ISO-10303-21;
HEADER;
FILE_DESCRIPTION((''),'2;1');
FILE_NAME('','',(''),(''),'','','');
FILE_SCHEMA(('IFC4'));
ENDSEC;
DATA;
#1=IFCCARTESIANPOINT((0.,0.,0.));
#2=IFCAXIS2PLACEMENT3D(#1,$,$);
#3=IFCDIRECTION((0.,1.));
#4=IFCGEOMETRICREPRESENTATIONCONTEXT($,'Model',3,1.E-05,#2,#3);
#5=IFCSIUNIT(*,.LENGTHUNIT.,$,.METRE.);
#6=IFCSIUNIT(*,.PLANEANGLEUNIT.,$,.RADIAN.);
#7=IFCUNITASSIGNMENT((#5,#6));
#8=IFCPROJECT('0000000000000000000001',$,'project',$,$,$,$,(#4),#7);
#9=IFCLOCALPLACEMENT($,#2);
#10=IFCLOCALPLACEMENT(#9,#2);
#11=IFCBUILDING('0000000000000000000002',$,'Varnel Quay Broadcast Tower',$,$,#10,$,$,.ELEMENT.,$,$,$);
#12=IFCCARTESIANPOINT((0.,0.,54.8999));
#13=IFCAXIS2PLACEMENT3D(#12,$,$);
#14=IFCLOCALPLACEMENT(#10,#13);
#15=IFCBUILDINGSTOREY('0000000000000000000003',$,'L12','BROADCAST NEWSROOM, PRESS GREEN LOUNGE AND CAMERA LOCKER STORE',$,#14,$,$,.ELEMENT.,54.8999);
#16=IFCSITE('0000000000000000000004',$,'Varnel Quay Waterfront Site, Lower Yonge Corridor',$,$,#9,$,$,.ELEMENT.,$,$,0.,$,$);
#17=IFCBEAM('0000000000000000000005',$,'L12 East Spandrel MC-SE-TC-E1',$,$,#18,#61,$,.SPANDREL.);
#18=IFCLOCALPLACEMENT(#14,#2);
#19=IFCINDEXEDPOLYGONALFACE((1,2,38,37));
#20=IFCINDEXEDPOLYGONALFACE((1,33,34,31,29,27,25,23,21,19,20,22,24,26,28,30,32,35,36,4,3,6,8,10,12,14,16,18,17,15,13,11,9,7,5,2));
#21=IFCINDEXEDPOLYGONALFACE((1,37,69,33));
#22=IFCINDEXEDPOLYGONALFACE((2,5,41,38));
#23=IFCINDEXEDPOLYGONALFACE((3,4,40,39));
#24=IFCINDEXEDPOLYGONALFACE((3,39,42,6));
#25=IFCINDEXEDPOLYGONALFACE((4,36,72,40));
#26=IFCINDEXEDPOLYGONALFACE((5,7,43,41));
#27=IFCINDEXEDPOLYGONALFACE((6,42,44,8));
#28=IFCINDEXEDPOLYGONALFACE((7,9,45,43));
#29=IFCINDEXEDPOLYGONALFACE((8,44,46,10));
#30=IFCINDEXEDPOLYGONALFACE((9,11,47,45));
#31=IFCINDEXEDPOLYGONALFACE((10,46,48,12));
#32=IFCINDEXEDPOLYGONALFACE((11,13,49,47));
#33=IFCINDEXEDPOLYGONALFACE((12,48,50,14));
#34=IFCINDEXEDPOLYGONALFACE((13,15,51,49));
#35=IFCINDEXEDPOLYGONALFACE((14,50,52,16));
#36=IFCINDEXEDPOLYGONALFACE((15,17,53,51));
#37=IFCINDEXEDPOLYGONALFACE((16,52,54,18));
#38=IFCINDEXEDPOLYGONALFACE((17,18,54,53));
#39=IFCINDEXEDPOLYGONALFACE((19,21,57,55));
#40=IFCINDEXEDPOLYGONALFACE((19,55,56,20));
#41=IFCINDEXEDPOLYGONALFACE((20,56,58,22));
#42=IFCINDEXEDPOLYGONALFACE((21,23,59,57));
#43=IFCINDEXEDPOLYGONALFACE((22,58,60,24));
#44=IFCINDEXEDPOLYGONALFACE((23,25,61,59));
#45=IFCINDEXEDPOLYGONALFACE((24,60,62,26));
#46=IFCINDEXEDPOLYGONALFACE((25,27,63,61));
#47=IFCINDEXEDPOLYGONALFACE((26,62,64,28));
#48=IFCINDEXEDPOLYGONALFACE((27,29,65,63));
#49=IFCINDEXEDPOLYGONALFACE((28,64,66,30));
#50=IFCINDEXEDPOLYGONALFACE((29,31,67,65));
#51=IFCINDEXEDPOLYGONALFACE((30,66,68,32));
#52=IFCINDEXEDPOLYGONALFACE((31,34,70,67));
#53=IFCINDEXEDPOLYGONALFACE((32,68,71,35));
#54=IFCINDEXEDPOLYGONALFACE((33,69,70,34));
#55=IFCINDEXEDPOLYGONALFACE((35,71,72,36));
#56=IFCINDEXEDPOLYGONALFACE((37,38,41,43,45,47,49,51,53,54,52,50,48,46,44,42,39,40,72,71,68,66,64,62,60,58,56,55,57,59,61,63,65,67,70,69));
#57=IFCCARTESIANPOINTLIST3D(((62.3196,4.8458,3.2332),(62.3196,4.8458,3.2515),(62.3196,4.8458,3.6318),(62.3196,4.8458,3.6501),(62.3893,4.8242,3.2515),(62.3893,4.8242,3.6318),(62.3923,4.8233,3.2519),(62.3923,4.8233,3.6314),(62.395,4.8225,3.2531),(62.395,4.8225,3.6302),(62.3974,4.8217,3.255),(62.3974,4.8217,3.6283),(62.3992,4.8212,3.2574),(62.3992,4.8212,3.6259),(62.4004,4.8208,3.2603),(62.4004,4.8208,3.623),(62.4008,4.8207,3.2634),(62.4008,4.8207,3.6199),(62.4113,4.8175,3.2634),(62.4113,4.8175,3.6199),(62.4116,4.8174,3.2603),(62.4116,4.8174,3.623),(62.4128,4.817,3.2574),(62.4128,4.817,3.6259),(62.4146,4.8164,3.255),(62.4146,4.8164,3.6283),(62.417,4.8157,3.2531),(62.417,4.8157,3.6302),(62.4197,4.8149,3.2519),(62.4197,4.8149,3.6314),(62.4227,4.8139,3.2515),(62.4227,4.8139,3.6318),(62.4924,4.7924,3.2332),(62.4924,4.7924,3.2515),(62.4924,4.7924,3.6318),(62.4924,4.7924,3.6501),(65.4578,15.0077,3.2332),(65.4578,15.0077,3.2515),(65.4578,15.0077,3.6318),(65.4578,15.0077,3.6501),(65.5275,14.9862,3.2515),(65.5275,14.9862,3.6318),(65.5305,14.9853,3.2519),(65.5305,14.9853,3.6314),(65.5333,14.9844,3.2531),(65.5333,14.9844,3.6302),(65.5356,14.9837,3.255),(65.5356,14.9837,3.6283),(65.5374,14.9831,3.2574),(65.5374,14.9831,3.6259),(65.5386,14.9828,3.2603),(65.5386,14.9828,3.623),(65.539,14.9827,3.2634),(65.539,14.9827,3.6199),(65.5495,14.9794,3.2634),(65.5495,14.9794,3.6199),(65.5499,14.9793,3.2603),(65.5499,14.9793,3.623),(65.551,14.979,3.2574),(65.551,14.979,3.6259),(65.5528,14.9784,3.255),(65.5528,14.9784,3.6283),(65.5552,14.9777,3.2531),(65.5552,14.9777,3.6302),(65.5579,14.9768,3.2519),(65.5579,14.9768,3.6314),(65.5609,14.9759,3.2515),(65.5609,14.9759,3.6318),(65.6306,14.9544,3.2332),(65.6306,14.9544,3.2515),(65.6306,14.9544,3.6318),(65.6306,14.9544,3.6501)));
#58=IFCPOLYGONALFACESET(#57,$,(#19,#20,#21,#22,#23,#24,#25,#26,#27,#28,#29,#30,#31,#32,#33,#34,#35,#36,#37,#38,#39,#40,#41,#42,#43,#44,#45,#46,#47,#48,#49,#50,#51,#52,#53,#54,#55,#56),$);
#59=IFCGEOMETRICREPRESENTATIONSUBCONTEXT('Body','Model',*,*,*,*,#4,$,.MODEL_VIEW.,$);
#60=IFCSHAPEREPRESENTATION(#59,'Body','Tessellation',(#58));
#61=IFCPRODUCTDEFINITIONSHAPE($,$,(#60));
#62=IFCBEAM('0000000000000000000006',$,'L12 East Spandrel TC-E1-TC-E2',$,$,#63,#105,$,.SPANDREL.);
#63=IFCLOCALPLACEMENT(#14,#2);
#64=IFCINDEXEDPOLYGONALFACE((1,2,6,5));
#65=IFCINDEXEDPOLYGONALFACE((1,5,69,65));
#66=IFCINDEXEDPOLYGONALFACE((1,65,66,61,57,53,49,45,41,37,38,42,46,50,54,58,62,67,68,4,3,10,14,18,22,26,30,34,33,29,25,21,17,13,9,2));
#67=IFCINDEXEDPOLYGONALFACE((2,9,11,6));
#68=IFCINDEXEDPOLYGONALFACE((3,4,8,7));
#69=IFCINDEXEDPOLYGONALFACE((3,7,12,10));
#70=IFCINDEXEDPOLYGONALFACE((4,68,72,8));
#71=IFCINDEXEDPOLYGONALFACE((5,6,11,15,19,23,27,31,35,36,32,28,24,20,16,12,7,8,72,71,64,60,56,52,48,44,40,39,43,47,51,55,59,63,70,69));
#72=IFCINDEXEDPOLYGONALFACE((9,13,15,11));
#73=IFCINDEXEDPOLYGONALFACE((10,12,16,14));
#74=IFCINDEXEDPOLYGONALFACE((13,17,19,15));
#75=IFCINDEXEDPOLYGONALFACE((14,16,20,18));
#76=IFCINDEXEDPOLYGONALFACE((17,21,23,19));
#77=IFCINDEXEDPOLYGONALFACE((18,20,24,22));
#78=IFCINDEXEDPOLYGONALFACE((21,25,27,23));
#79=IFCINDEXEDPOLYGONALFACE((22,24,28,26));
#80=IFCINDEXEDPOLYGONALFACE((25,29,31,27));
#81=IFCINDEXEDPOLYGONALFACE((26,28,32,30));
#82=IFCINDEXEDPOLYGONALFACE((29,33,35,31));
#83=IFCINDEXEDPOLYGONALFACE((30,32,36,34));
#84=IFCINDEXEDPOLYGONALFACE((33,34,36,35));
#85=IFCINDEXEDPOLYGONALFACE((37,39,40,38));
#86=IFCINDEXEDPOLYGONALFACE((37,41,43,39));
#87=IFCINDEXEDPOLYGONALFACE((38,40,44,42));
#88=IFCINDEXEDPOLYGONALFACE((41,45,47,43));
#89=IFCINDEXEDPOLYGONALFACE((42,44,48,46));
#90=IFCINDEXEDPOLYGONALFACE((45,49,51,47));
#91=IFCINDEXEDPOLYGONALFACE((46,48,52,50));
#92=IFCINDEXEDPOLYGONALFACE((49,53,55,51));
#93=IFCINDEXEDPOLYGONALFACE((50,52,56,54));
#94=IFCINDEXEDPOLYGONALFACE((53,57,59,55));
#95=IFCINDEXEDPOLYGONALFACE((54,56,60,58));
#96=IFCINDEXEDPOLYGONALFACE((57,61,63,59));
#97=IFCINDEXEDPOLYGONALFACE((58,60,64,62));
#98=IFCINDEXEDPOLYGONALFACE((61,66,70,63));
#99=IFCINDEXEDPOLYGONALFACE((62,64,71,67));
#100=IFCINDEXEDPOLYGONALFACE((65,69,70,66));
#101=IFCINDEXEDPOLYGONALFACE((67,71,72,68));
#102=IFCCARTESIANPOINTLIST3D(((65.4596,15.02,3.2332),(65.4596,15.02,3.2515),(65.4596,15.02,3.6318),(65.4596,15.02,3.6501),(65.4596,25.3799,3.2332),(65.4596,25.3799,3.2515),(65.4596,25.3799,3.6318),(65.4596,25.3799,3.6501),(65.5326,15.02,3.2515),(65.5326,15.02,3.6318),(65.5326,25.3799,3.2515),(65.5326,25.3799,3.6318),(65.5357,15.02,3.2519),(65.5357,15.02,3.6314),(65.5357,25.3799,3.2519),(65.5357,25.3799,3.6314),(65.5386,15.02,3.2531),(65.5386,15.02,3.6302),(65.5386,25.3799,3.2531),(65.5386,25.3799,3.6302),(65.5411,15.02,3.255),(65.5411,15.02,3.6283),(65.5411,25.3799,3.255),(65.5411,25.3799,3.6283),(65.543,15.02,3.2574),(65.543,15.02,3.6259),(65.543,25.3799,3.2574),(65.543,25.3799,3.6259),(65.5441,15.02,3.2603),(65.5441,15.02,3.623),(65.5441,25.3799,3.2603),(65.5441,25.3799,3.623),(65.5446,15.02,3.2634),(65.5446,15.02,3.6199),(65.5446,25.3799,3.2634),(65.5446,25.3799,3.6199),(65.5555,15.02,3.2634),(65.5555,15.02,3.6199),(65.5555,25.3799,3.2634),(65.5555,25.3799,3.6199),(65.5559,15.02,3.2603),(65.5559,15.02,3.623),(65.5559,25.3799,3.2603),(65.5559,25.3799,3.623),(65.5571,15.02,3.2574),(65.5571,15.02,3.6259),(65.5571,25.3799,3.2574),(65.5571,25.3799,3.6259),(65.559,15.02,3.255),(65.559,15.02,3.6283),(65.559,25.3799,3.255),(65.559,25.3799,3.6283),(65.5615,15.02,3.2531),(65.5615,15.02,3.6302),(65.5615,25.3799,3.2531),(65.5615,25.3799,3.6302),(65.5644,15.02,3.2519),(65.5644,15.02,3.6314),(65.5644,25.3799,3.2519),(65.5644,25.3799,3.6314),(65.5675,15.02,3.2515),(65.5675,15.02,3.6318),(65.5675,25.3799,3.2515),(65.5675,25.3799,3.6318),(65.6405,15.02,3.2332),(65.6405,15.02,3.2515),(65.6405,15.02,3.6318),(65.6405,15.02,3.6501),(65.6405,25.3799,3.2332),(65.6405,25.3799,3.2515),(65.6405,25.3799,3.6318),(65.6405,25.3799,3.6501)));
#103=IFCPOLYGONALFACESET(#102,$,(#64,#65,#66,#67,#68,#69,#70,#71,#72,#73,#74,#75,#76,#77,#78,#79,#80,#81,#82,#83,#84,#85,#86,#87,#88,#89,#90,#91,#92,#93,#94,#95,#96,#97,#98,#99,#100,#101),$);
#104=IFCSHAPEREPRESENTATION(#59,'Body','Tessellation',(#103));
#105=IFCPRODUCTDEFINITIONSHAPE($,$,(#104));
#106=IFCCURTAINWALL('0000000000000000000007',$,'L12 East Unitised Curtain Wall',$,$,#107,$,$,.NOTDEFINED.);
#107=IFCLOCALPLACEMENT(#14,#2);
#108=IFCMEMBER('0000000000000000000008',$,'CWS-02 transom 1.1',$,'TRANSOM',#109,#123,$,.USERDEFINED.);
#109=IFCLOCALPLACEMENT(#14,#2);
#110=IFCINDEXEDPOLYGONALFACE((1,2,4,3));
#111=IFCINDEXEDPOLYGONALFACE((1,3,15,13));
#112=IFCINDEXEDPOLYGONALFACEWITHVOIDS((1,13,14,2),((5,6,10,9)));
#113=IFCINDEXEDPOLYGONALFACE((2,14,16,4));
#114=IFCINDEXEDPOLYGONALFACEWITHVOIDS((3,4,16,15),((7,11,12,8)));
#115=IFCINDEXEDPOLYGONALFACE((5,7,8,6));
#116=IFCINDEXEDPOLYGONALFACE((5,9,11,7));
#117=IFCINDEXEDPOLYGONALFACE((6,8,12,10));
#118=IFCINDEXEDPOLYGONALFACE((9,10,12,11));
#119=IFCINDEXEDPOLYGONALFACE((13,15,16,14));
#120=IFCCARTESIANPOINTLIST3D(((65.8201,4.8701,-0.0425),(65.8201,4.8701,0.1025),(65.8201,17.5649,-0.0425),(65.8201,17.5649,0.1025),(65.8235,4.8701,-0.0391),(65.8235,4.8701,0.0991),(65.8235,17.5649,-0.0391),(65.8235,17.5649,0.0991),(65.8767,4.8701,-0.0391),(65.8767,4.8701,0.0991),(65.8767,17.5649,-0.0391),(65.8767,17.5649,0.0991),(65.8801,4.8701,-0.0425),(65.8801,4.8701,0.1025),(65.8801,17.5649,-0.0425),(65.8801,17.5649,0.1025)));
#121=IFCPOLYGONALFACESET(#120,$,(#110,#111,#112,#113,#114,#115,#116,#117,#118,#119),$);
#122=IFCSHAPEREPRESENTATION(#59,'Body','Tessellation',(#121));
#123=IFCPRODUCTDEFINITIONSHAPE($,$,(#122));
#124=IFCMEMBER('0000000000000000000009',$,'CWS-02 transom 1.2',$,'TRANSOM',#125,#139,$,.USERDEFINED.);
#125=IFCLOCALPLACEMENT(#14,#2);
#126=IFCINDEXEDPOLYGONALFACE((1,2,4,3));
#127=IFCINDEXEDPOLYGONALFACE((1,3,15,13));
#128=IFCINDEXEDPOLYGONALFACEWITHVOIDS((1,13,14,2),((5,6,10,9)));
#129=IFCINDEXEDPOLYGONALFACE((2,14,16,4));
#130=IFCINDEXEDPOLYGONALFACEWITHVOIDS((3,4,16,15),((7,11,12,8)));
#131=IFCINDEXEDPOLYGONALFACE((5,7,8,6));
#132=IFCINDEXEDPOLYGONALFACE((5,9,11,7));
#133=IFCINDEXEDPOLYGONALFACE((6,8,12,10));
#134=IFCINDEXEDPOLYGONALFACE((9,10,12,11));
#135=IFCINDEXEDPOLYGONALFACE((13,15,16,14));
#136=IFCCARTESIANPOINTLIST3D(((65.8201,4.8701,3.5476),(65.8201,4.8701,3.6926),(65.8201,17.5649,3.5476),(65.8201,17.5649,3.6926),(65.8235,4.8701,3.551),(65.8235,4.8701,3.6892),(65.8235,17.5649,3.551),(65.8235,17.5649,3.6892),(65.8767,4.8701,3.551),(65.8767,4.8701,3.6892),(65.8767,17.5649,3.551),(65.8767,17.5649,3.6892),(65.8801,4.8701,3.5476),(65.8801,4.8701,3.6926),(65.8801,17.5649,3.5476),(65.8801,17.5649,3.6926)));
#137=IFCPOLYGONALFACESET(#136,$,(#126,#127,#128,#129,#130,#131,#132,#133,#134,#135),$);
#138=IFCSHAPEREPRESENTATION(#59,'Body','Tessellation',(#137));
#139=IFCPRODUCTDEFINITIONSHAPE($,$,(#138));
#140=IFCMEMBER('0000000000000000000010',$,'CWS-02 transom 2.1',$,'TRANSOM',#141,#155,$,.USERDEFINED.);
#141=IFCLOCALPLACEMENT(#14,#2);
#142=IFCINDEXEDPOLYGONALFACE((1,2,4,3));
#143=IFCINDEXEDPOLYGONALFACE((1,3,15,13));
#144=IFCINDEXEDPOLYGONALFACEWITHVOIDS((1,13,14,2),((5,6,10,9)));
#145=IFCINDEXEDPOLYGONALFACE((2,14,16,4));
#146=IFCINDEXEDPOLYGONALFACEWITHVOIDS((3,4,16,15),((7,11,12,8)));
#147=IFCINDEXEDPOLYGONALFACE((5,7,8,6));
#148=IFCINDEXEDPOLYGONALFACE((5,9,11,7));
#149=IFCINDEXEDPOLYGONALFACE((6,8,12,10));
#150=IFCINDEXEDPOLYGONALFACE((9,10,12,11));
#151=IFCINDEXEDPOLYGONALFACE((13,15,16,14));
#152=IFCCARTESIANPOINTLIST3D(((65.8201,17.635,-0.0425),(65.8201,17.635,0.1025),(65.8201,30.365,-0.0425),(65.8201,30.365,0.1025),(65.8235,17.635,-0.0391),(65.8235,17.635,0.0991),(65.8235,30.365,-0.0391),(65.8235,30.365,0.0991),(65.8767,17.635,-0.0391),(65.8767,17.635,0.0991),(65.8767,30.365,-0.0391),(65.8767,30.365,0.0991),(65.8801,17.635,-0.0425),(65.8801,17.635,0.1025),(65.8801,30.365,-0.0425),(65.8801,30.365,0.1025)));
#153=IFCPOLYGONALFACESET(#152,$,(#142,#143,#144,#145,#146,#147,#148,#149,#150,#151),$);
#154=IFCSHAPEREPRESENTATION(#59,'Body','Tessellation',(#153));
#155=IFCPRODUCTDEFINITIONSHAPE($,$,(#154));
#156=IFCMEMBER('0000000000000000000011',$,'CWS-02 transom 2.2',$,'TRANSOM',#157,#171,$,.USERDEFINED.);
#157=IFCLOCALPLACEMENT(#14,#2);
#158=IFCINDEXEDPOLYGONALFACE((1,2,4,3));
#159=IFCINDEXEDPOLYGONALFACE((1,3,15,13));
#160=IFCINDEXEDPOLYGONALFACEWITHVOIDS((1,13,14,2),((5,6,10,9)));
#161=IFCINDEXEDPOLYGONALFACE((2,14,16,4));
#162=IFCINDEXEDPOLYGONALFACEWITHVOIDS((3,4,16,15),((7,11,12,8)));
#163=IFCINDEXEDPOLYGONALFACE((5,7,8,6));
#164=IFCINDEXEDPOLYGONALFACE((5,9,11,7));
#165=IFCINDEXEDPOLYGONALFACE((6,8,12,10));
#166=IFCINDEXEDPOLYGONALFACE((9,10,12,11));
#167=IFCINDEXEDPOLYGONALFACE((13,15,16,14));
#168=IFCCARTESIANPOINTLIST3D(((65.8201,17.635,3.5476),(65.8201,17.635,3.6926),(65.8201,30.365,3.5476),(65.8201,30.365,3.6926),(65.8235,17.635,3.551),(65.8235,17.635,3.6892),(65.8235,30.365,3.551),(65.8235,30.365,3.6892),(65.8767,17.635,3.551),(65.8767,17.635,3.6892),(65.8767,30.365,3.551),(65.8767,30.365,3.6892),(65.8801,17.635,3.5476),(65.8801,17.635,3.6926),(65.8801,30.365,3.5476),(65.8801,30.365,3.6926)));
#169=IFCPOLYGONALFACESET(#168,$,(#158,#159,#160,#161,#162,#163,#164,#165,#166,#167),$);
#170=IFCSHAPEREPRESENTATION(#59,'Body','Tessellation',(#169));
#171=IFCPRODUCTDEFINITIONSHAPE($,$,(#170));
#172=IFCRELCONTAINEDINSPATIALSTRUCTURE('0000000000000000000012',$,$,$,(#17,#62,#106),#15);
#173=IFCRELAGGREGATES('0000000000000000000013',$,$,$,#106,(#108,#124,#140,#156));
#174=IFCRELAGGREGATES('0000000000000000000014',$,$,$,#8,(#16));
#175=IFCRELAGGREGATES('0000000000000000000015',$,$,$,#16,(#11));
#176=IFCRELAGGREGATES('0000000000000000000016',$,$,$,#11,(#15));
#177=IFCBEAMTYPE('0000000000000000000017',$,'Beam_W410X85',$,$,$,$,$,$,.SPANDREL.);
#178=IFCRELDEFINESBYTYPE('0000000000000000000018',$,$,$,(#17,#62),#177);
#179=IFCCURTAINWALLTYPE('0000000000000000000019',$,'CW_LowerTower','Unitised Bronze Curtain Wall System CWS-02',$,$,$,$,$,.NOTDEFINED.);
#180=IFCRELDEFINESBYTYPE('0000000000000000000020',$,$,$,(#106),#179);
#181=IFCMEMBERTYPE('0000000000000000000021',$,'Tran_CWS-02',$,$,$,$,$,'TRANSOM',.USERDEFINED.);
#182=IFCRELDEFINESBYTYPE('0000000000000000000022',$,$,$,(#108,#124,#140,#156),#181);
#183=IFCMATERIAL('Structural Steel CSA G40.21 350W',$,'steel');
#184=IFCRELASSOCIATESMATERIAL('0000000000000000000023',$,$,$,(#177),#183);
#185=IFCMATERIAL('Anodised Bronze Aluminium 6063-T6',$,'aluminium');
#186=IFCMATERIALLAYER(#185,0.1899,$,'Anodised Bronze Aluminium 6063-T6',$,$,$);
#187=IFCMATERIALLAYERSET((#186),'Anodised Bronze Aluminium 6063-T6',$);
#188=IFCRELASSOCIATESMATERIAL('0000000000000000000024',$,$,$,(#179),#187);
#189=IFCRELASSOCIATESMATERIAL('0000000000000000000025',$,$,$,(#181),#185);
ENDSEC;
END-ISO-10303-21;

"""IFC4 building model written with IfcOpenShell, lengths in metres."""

from ifc_helpers import new_model, si_unit, direction, frame, origin, origin_2d, place, context, subcontext, project, spatial, hollow_rectangle, i_section, extrude, source, transform, mapped, material, layer, layer_set, material_profile, profile_set, type_object, element, aggregate, save


model = new_model("IFC4")

# Units and contexts
model_context = context("Model", 3, precision=1e-05, world=origin(), true_north=direction((0.0, 1.0)))
body_context = subcontext(model_context, "Body", "Model", "MODEL_VIEW")
ifc_project = project(units=[si_unit("LENGTHUNIT", "METRE"), si_unit("PLANEANGLEUNIT", "RADIAN")], contexts=[model_context])

# Site, building, storey
site_placement = place(None, origin())
site = spatial("IfcSite", under=ifc_project, at=site_placement, Name="Varnel Quay Waterfront Site, Lower Yonge Corridor", CompositionType="ELEMENT", RefElevation=0.0)
building_placement = place(site_placement, origin())
building = spatial("IfcBuilding", under=site, at=building_placement, Name="Varnel Quay Broadcast Tower", CompositionType="ELEMENT")
storey_placement = place(building_placement, frame((0.0, 0.0, 54.8999)))
storey = spatial("IfcBuildingStorey", under=building, at=storey_placement, Name="L12", Description="BROADCAST NEWSROOM, PRESS GREEN LOUNGE AND CAMERA LOCKER STORE", CompositionType="ELEMENT", Elevation=54.8999)

# Shared definitions
ifc_material_1 = material(Name="Structural Steel CSA G40.21 350W", Category="steel")

# Beams
ifc_material_profile_1 = material_profile(ifc_material_1, i_section(OverallWidth=0.1809, OverallDepth=0.417, WebThickness=0.011, FlangeThickness=0.0183, FilletRadius=0.012, at=origin_2d()), Name="W410X85")
ifc_profile_set_1 = profile_set([ifc_material_profile_1], Name="Structural Steel CSA G40.21 350W")
beam_type = type_object("IfcBeamType", Name="Beam_W410X85", PredefinedType="SPANDREL", material=ifc_profile_set_1)
shared_shape_1 = source(origin(), body_context, "Body", "SweptSolid", [
    extrude(i_section(OverallWidth=0.1809, OverallDepth=0.417, WebThickness=0.011, FlangeThickness=0.0183, FilletRadius=0.012, at=origin_2d()), origin(), (0.0, 0.0, 1.0), 10.6355),
])
beam_1_placement = place(storey_placement, frame((62.406, 4.8191, 3.4417), z_axis=(0.29507, 0.955476, 0.0), x_axis=(-0.955476, 0.29507, 0.0)))
element("IfcBeam", 1, at=beam_1_placement, inside=storey, type_object=beam_type, Name="L12 East Spandrel MC-SE-TC-E1", PredefinedType="SPANDREL", context=body_context, shape_type="MappedRepresentation", body=[
    mapped(shared_shape_1, transform((0.0, 0.0, 0.0), x_axis=(1.0, 0.0, 0.0), y_axis=(0.0, 1.0, 0.0), z_axis=(0.0, 0.0, 1.0), scale=1.0)),
])
shared_shape_2 = source(origin(), body_context, "Body", "SweptSolid", [
    extrude(i_section(OverallWidth=0.1809, OverallDepth=0.417, WebThickness=0.011, FlangeThickness=0.0183, FilletRadius=0.012, at=origin_2d()), origin(), (0.0, 0.0, 1.0), 10.3599),
])
beam_2_placement = place(storey_placement, frame((65.55, 15.02, 3.4417), z_axis=(0.0, 1.0, 0.0), x_axis=(-1.0, 0.0, 0.0)))
element("IfcBeam", 2, at=beam_2_placement, inside=storey, type_object=beam_type, Name="L12 East Spandrel TC-E1-TC-E2", PredefinedType="SPANDREL", context=body_context, shape_type="MappedRepresentation", body=[
    mapped(shared_shape_2, transform((0.0, 0.0, 0.0), x_axis=(1.0, 0.0, 0.0), y_axis=(0.0, 1.0, 0.0), z_axis=(0.0, 0.0, 1.0), scale=1.0)),
])

# Curtain wall, members
ifc_material_2 = material(Name="Anodised Bronze Aluminium 6063-T6", Category="aluminium")
ifc_layer_1 = layer(ifc_material_2, 0.1899, Name="Anodised Bronze Aluminium 6063-T6")
ifc_layer_set_1 = layer_set([ifc_layer_1], Name="Anodised Bronze Aluminium 6063-T6")
curtain_wall_type_1 = type_object("IfcCurtainWallType", Name="CW_LowerTower", Description="Unitised Bronze Curtain Wall System CWS-02", PredefinedType="NOTDEFINED", material=ifc_layer_set_1)
curtain_wall_1_placement = place(storey_placement, origin())
curtain_wall_1 = element("IfcCurtainWall", 3, at=curtain_wall_1_placement, inside=storey, type_object=curtain_wall_type_1, Name="L12 East Unitised Curtain Wall", PredefinedType="NOTDEFINED")
ifc_material_profile_2 = material_profile(ifc_material_2, hollow_rectangle(XDim=0.0601, YDim=0.145, WallThickness=0.0034, at=origin_2d()), Name="ALU60X145X3.5")
ifc_profile_set_2 = profile_set([ifc_material_profile_2], Name="Anodised Bronze Aluminium 6063-T6")
member_type_1 = type_object("IfcMemberType", Name="Tran_CWS-02", ElementType="TRANSOM", PredefinedType="USERDEFINED", material=ifc_profile_set_2)
shared_shape_3 = source(origin(), body_context, "Body", "SweptSolid", [
    extrude(hollow_rectangle(XDim=0.0601, YDim=0.145, WallThickness=0.0034, at=origin_2d()), origin(), (0.0, 0.0, 1.0), 12.6948),
])
member_1_placement = place(storey_placement, frame((65.8501, 4.8701, 0.03), z_axis=(0.0, 1.0, 0.0), x_axis=(-1.0, 0.0, 0.0)))
member_1 = element("IfcMember", 4, at=member_1_placement, type_object=member_type_1, Name="CWS-02 transom 1.1", ObjectType="TRANSOM", PredefinedType="USERDEFINED", context=body_context, shape_type="MappedRepresentation", body=[
    mapped(shared_shape_3, transform((0.0, 0.0, 0.0), x_axis=(1.0, 0.0, 0.0), y_axis=(0.0, 1.0, 0.0), z_axis=(0.0, 0.0, 1.0), scale=1.0)),
])
member_2_placement = place(storey_placement, frame((65.8501, 4.8701, 3.6201), z_axis=(0.0, 1.0, 0.0), x_axis=(-1.0, 0.0, 0.0)))
member_2 = element("IfcMember", 5, at=member_2_placement, type_object=member_type_1, Name="CWS-02 transom 1.2", ObjectType="TRANSOM", PredefinedType="USERDEFINED", context=body_context, shape_type="MappedRepresentation", body=[
    mapped(shared_shape_3, transform((0.0, 0.0, 0.0), x_axis=(1.0, 0.0, 0.0), y_axis=(0.0, 1.0, 0.0), z_axis=(0.0, 0.0, 1.0), scale=1.0)),
])
shared_shape_4 = source(origin(), body_context, "Body", "SweptSolid", [
    extrude(hollow_rectangle(XDim=0.0601, YDim=0.145, WallThickness=0.0034, at=origin_2d()), origin(), (0.0, 0.0, 1.0), 12.73),
])
member_3_placement = place(storey_placement, frame((65.8501, 17.635, 0.03), z_axis=(0.0, 1.0, 0.0), x_axis=(-1.0, 0.0, 0.0)))
member_3 = element("IfcMember", 6, at=member_3_placement, type_object=member_type_1, Name="CWS-02 transom 2.1", ObjectType="TRANSOM", PredefinedType="USERDEFINED", context=body_context, shape_type="MappedRepresentation", body=[
    mapped(shared_shape_4, transform((0.0, 0.0, 0.0), x_axis=(1.0, 0.0, 0.0), y_axis=(0.0, 1.0, 0.0), z_axis=(0.0, 0.0, 1.0), scale=1.0)),
])
member_4_placement = place(storey_placement, frame((65.8501, 17.635, 3.6201), z_axis=(0.0, 1.0, 0.0), x_axis=(-1.0, 0.0, 0.0)))
member_4 = element("IfcMember", 7, at=member_4_placement, type_object=member_type_1, Name="CWS-02 transom 2.2", ObjectType="TRANSOM", PredefinedType="USERDEFINED", context=body_context, shape_type="MappedRepresentation", body=[
    mapped(shared_shape_4, transform((0.0, 0.0, 0.0), x_axis=(1.0, 0.0, 0.0), y_axis=(0.0, 1.0, 0.0), z_axis=(0.0, 0.0, 1.0), scale=1.0)),
])

aggregate(curtain_wall_1, [member_1, member_2, member_3, member_4])

save(model, "model.ifc")
